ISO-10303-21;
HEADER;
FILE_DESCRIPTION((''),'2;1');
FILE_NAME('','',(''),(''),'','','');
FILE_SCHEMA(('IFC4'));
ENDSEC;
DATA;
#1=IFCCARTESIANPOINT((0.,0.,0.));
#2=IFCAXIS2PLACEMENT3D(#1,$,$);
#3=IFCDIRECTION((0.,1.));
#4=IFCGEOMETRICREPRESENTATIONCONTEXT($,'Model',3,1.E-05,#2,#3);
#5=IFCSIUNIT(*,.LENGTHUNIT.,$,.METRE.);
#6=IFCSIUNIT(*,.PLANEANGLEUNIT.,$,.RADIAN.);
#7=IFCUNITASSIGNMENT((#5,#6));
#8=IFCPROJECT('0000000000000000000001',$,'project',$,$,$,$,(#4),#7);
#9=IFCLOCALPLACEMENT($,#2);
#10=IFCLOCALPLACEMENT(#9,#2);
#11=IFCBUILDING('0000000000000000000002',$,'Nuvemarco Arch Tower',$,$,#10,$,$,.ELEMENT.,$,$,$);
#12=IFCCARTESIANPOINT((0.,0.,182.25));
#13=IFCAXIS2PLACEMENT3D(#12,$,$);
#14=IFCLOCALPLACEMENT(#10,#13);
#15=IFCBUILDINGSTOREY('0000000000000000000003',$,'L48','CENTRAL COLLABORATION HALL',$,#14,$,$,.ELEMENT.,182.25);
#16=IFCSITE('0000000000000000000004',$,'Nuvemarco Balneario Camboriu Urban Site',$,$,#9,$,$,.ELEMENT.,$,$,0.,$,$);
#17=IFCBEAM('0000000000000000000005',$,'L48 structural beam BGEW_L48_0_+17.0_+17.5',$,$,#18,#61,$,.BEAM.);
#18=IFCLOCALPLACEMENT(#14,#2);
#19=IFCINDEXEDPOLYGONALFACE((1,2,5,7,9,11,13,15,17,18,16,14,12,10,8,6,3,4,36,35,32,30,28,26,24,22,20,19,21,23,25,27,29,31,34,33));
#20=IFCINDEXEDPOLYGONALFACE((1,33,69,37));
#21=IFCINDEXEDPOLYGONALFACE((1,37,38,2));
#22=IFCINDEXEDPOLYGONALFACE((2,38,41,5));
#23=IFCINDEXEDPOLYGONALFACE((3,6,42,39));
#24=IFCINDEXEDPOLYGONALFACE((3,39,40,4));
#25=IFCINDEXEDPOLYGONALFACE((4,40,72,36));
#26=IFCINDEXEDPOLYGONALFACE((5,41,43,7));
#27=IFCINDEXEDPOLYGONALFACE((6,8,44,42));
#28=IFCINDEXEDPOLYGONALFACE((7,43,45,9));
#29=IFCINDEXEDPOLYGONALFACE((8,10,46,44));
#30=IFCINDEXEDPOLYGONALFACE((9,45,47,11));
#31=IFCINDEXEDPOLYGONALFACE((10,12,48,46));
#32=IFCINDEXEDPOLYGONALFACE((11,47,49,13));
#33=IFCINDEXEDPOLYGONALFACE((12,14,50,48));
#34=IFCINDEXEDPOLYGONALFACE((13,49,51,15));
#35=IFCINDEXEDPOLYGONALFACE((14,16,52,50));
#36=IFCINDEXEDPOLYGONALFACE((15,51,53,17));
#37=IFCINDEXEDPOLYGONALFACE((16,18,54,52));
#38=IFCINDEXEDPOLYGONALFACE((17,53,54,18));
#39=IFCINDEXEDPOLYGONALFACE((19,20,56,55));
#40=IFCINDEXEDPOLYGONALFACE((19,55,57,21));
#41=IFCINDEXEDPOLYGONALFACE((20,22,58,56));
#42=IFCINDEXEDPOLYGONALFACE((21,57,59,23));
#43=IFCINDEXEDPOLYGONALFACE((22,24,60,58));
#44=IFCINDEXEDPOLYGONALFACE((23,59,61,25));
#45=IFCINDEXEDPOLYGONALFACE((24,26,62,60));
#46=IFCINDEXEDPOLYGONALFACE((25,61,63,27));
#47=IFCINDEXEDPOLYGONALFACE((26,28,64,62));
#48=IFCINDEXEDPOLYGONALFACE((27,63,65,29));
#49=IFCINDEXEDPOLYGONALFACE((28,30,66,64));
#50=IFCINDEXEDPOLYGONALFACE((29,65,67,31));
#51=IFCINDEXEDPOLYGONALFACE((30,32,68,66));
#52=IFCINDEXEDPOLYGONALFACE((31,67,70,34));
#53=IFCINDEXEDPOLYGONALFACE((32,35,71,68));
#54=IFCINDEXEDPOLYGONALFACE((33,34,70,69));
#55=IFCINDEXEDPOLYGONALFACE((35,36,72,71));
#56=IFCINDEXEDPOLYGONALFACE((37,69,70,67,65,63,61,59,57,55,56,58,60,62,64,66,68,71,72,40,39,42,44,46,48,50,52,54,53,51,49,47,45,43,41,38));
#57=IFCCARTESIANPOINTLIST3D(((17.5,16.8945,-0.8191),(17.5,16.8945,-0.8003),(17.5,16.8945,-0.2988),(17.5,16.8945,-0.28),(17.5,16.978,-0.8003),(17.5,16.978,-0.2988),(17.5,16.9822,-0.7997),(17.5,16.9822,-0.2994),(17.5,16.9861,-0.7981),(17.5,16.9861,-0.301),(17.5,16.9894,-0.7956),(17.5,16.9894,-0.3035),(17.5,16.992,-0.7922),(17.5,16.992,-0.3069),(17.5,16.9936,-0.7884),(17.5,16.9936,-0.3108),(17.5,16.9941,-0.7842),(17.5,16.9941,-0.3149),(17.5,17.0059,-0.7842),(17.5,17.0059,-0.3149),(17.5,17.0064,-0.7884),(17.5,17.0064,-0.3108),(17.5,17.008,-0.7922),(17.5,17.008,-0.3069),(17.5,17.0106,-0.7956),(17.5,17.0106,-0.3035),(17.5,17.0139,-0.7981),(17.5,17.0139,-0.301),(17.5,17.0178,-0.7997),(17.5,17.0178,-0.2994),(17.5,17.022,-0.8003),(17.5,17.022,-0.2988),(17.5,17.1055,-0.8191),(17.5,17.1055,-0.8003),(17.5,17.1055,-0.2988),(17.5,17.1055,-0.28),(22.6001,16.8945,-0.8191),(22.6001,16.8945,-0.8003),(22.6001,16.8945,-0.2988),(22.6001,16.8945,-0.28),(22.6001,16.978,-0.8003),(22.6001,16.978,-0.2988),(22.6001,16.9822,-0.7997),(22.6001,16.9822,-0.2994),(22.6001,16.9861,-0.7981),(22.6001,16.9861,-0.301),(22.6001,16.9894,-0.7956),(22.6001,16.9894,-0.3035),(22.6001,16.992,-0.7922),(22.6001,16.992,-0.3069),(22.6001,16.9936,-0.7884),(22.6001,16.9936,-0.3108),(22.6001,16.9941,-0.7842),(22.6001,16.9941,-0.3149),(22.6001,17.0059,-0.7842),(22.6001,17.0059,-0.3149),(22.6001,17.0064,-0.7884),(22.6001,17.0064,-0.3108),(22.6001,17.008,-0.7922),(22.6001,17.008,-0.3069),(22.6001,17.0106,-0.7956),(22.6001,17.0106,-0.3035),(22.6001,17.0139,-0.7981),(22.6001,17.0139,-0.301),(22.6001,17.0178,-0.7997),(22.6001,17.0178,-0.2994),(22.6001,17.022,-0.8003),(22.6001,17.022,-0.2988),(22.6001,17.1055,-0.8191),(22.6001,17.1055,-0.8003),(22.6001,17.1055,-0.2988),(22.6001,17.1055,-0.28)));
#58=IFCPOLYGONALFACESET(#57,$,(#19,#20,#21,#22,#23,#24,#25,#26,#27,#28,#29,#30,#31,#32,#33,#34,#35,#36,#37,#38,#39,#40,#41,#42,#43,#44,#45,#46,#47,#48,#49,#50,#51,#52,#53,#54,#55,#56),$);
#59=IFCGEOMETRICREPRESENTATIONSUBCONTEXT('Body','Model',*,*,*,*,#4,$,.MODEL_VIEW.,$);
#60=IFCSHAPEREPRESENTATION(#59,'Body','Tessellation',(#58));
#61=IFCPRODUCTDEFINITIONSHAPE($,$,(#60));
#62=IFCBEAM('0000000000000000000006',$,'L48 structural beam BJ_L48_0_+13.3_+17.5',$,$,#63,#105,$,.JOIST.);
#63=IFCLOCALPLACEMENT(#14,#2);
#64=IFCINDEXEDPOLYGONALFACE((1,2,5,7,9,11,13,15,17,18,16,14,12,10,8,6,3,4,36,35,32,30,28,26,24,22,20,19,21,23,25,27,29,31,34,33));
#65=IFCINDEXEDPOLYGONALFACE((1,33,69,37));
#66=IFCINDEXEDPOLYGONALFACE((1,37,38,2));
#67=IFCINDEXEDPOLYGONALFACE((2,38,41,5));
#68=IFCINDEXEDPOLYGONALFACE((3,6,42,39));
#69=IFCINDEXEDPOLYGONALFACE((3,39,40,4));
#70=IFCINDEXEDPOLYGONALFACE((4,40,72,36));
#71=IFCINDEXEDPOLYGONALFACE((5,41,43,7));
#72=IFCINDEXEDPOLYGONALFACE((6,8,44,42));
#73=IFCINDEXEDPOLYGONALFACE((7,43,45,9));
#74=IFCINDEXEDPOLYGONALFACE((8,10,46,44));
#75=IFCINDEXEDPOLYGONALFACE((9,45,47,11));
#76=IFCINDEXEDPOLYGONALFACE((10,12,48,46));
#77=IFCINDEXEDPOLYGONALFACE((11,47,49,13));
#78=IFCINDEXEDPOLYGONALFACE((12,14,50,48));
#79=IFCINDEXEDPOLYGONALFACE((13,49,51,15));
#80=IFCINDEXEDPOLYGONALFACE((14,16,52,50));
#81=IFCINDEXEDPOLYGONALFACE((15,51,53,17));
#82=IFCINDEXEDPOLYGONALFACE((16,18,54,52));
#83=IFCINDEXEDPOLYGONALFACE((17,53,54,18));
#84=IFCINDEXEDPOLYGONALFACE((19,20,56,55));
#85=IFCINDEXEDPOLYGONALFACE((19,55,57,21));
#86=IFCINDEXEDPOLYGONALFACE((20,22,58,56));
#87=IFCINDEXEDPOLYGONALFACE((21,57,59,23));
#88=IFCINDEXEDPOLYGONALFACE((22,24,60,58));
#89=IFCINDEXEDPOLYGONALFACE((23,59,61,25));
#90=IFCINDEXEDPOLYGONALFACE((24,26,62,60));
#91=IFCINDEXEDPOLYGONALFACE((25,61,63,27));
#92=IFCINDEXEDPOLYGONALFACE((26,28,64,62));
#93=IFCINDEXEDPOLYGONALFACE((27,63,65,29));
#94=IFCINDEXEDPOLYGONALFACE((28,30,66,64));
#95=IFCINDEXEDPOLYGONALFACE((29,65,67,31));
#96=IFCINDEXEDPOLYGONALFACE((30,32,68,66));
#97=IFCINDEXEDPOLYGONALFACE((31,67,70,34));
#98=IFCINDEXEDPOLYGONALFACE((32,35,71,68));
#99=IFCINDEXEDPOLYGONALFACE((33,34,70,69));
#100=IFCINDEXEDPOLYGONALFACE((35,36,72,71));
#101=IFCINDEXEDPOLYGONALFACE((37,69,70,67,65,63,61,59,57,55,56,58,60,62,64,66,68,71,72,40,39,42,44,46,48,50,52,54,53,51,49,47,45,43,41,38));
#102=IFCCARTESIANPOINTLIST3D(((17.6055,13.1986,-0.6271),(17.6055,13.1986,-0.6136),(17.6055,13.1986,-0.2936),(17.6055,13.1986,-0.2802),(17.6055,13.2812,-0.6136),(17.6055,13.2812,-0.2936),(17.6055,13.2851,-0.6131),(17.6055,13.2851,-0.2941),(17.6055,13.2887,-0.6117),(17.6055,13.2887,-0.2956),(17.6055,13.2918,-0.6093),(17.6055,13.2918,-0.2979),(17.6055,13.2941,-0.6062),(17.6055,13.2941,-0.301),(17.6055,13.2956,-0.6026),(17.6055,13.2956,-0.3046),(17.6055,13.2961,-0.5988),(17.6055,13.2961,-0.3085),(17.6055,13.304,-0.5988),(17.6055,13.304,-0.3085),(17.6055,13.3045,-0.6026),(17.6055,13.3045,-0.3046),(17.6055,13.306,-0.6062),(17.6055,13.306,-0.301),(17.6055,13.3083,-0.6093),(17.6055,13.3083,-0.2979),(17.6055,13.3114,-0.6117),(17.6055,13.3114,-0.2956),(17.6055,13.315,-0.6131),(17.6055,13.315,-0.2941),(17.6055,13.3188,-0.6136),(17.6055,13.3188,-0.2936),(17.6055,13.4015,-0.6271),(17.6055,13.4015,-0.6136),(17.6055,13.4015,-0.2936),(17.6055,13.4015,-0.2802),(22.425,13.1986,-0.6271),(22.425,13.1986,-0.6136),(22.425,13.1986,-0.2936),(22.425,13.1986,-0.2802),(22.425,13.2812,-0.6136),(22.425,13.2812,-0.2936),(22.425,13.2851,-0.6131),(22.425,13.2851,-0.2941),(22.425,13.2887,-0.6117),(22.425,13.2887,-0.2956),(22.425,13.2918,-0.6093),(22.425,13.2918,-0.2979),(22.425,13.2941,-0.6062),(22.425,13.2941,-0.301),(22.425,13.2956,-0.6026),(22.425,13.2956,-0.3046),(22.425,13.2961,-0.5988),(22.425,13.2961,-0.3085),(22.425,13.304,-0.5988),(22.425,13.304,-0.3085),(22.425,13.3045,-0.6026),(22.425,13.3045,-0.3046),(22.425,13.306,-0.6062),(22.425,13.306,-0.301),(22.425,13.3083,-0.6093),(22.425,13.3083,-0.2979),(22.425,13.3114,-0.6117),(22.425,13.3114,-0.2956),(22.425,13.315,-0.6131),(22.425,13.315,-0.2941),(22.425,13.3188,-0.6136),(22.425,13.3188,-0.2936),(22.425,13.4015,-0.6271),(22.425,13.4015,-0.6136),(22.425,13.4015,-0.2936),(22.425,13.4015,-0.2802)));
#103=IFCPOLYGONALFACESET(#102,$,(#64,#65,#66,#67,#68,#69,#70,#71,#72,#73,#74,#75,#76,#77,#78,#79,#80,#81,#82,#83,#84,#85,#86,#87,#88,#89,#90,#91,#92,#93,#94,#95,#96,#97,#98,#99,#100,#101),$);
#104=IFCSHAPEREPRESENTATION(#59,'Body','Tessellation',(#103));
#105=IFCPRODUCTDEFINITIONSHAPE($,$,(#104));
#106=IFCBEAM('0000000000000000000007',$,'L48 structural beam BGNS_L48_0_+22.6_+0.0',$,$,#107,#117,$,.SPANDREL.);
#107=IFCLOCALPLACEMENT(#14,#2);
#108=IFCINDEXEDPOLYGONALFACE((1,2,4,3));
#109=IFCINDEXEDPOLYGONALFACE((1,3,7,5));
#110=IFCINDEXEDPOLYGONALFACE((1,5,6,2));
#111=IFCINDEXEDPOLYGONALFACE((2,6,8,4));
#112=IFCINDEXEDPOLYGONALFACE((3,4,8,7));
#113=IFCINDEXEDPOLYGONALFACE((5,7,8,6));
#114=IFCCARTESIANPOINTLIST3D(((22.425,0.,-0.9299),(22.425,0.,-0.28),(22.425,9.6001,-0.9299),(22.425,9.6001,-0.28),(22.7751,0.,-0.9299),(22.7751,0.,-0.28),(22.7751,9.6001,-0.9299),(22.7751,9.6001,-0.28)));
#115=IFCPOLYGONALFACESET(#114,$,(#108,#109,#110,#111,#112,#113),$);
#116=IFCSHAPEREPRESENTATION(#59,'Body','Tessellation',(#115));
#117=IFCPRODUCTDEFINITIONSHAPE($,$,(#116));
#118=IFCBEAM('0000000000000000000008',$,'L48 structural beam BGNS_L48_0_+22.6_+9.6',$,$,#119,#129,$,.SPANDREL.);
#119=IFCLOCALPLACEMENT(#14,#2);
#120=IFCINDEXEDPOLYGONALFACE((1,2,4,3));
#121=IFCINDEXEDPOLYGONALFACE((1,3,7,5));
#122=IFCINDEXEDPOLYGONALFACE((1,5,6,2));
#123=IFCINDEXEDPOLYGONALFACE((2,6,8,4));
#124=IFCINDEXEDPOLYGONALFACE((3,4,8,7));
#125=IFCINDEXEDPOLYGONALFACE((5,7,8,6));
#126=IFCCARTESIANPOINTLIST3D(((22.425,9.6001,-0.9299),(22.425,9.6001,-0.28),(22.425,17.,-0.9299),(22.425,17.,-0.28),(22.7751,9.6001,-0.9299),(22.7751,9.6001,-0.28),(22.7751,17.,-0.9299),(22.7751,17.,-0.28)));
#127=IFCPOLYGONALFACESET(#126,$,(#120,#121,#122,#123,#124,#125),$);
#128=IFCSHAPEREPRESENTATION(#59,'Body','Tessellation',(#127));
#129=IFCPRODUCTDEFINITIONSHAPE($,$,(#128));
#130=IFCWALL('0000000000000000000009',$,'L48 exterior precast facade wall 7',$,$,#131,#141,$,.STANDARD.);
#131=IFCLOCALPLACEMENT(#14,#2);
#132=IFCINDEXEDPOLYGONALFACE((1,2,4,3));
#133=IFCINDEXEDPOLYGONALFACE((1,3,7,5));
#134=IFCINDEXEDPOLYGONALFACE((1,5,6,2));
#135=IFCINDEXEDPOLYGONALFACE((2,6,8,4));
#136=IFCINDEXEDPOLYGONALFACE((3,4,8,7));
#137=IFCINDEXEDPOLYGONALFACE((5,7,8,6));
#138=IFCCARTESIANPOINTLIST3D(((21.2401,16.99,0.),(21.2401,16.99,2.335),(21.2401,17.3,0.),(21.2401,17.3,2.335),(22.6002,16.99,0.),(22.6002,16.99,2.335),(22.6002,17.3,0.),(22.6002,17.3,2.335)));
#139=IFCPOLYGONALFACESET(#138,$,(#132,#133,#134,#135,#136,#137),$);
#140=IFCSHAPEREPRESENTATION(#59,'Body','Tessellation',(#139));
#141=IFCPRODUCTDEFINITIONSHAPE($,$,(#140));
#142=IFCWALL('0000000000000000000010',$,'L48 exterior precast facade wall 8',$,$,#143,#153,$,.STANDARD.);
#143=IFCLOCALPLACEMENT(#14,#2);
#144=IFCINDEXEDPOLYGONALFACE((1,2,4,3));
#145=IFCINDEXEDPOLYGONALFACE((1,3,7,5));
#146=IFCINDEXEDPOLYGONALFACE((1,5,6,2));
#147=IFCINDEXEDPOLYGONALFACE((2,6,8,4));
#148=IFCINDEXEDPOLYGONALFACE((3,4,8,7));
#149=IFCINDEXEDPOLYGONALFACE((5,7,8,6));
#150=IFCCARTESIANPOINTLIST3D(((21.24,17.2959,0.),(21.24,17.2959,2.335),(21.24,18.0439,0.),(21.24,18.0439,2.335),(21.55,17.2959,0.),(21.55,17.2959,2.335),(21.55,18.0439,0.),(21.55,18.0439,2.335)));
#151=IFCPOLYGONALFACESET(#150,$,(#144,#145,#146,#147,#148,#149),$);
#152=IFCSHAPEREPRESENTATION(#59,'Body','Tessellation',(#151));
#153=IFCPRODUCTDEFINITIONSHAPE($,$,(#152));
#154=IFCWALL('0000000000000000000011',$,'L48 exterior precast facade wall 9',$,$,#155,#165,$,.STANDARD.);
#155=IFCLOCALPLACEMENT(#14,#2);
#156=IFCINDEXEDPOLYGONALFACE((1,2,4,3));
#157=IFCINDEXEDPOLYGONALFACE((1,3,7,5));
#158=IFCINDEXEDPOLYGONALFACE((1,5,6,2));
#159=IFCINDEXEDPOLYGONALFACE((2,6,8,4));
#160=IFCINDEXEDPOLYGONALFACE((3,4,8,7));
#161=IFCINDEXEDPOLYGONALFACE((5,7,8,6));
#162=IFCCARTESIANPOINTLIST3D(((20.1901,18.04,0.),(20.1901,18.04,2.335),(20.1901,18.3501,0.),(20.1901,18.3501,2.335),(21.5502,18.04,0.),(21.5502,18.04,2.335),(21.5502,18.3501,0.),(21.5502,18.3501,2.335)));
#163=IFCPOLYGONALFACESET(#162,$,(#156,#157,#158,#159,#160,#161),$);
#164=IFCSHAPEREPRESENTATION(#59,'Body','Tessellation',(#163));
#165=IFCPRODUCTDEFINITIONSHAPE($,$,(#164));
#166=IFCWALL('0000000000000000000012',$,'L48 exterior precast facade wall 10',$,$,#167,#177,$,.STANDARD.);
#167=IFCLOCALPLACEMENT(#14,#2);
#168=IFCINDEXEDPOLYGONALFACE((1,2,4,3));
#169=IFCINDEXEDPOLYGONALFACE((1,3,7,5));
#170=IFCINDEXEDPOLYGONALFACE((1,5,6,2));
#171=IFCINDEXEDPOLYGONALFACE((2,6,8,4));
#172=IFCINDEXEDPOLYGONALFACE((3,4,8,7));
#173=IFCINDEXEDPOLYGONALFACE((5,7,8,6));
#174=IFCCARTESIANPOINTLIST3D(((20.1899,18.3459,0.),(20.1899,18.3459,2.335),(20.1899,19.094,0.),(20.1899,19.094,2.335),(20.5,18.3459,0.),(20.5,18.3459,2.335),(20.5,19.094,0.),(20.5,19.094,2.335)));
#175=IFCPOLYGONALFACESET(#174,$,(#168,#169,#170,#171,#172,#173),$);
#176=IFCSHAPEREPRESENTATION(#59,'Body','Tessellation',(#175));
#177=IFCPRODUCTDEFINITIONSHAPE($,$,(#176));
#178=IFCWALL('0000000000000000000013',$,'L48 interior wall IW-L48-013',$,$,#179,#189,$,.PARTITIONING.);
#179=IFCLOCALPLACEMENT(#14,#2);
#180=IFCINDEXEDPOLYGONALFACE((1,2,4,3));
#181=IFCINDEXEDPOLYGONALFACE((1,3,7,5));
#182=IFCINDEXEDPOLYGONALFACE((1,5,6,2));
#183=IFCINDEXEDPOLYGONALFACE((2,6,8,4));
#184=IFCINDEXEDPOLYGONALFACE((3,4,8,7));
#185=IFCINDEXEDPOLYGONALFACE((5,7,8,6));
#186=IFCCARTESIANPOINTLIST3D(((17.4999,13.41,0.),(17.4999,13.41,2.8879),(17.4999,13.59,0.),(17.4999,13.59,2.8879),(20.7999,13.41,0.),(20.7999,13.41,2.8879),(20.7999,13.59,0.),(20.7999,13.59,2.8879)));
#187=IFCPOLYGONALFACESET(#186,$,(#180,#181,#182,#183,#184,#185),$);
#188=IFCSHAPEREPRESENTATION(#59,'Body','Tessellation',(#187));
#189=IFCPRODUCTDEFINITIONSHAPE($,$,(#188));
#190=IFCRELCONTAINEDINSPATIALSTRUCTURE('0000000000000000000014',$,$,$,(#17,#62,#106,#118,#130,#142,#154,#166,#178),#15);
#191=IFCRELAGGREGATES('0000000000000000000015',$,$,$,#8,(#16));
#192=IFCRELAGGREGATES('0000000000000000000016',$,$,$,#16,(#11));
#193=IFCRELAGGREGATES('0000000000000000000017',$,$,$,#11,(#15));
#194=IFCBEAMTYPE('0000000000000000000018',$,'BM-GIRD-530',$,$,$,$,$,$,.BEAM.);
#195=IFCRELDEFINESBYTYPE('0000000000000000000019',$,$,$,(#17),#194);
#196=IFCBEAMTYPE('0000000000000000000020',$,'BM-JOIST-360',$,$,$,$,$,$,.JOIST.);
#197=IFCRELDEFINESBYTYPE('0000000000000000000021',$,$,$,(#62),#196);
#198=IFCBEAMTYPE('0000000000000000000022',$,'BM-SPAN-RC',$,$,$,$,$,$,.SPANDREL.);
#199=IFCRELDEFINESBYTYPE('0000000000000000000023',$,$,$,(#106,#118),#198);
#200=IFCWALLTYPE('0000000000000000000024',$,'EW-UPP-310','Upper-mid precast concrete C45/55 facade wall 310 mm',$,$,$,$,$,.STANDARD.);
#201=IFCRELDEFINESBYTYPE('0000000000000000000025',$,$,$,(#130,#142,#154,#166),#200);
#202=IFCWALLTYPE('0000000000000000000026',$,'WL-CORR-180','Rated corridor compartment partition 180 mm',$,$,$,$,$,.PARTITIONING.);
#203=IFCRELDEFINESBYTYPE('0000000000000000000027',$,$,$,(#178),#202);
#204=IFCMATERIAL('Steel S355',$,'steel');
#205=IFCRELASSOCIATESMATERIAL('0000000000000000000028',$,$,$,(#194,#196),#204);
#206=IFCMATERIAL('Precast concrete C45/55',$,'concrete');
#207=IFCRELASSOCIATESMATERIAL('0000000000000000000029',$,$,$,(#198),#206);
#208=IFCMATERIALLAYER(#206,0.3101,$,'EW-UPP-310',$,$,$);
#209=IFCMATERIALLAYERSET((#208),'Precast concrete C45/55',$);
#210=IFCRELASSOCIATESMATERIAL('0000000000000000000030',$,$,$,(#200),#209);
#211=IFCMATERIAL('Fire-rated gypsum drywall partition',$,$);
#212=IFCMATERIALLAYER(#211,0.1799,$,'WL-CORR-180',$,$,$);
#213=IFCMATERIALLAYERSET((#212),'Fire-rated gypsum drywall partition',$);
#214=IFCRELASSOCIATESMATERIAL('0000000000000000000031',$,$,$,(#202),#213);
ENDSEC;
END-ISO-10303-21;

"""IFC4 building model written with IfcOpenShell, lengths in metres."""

from ifc_helpers import new_model, si_unit, direction, frame, frame_2d, origin, origin_2d, place, context, subcontext, project, spatial, rectangle, i_section, extrude, material, layer, layer_set, material_profile, profile_set, type_object, element, save


model = new_model("IFC4")

# Units and contexts
model_context = context("Model", 3, precision=1e-05, world=origin(), true_north=direction((0.0, 1.0)))
body_context = subcontext(model_context, "Body", "Model", "MODEL_VIEW")
ifc_project = project(units=[si_unit("LENGTHUNIT", "METRE"), si_unit("PLANEANGLEUNIT", "RADIAN")], contexts=[model_context])

# Site, building, storey
site_placement = place(None, origin())
site = spatial("IfcSite", under=ifc_project, at=site_placement, Name="Nuvemarco Balneario Camboriu Urban Site", CompositionType="ELEMENT", RefElevation=0.0)
building_placement = place(site_placement, origin())
building = spatial("IfcBuilding", under=site, at=building_placement, Name="Nuvemarco Arch Tower", CompositionType="ELEMENT")
storey_placement = place(building_placement, frame((0.0, 0.0, 182.25)))
storey = spatial("IfcBuildingStorey", under=building, at=storey_placement, Name="L48", Description="CENTRAL COLLABORATION HALL", CompositionType="ELEMENT", Elevation=182.25)

# Shared definitions
ifc_material_1 = material(Name="Steel S355", Category="steel")

# Beams
ifc_material_profile_1 = material_profile(ifc_material_1, i_section(OverallWidth=0.2109, OverallDepth=0.5391, WebThickness=0.0117, FlangeThickness=0.0188, FilletRadius=0.0161, at=origin_2d()), Name="W530x109")
ifc_profile_set_1 = profile_set([ifc_material_profile_1], Name="Steel S355")
beam_type_1 = type_object("IfcBeamType", Name="BM-GIRD-530", PredefinedType="BEAM", material=ifc_profile_set_1)
for number, where, z_axis, x_axis, name in (
    (1, (17.5, 17.0, -0.5496), (1.0, 0.0, 0.0), (0.0, 1.0, 0.0), "L48 structural beam BGEW_L48_0_+17.0_+17.5"),
):
    element("IfcBeam", number, at=place(storey_placement, frame(where, z_axis=z_axis, x_axis=x_axis)), inside=storey, type_object=beam_type_1, Name=name, PredefinedType="BEAM", context=body_context, shape_type="SweptSolid", body=[
        extrude(i_section(OverallWidth=0.2109, OverallDepth=0.5391, WebThickness=0.0117, FlangeThickness=0.0188, FilletRadius=0.0161, at=origin_2d()), origin(), (0.0, 0.0, 1.0), 5.1001),
    ])
ifc_material_profile_2 = material_profile(ifc_material_1, i_section(OverallWidth=0.2029, OverallDepth=0.3469, WebThickness=0.0078, FlangeThickness=0.0134, FilletRadius=0.0149, at=origin_2d()), Name="W360x64")
ifc_profile_set_2 = profile_set([ifc_material_profile_2], Name="Steel S355")
beam_type_2 = type_object("IfcBeamType", Name="BM-JOIST-360", PredefinedType="JOIST", material=ifc_profile_set_2)
beam_1_placement = place(storey_placement, frame((17.6055, 13.3, -0.4536), z_axis=(1.0, 0.0, 0.0), x_axis=(0.0, 1.0, 0.0)))
element("IfcBeam", 2, at=beam_1_placement, inside=storey, type_object=beam_type_2, Name="L48 structural beam BJ_L48_0_+13.3_+17.5", PredefinedType="JOIST", context=body_context, shape_type="SweptSolid", body=[
    extrude(i_section(OverallWidth=0.2029, OverallDepth=0.3469, WebThickness=0.0078, FlangeThickness=0.0134, FilletRadius=0.0149, at=origin_2d()), origin(), (0.0, 0.0, 1.0), 4.8196),
])
ifc_material_2 = material(Name="Precast concrete C45/55", Category="concrete")
ifc_material_profile_3 = material_profile(ifc_material_2, rectangle(XDim=0.3501, YDim=0.6499, at=origin_2d()), Name="PC-SP-350x650")
ifc_profile_set_3 = profile_set([ifc_material_profile_3], Name="Precast concrete C45/55")
beam_type_3 = type_object("IfcBeamType", Name="BM-SPAN-RC", PredefinedType="SPANDREL", material=ifc_profile_set_3)
beam_2_placement = place(storey_placement, frame((22.6001, 0.0, -0.605), z_axis=(0.0, 1.0, 0.0), x_axis=(-1.0, 0.0, 0.0)))
element("IfcBeam", 3, at=beam_2_placement, inside=storey, type_object=beam_type_3, Name="L48 structural beam BGNS_L48_0_+22.6_+0.0", PredefinedType="SPANDREL", context=body_context, shape_type="SweptSolid", body=[
    extrude(rectangle(XDim=0.3501, YDim=0.6499, at=origin_2d()), origin(), (0.0, 0.0, 1.0), 9.6001),
])
beam_3_placement = place(storey_placement, frame((22.6001, 9.6001, -0.605), z_axis=(0.0, 1.0, 0.0), x_axis=(-1.0, 0.0, 0.0)))
element("IfcBeam", 4, at=beam_3_placement, inside=storey, type_object=beam_type_3, Name="L48 structural beam BGNS_L48_0_+22.6_+9.6", PredefinedType="SPANDREL", context=body_context, shape_type="SweptSolid", body=[
    extrude(rectangle(XDim=0.3501, YDim=0.6499, at=origin_2d()), origin(), (0.0, 0.0, 1.0), 7.3999),
])

# Walls
ifc_layer_1 = layer(ifc_material_2, 0.3101, Name="EW-UPP-310")
ifc_layer_set_1 = layer_set([ifc_layer_1], Name="Precast concrete C45/55")
wall_type_1 = type_object("IfcWallType", Name="EW-UPP-310", Description="Upper-mid precast concrete C45/55 facade wall 310 mm", PredefinedType="STANDARD", material=ifc_layer_set_1)
wall_1_placement = place(storey_placement, frame((21.24, 17.145, 0.0), z_axis=(0.0, 0.0, 1.0), x_axis=(1.0, 0.0, 0.0)))
element("IfcWall", 5, at=wall_1_placement, inside=storey, type_object=wall_type_1, Name="L48 exterior precast facade wall 7", PredefinedType="STANDARD", context=body_context, shape_type="SweptSolid", body=[
    extrude(rectangle(XDim=1.3601, YDim=0.3101, at=frame_2d((0.6802, 0.0))), origin(), (0.0, 0.0, 1.0), 2.335),
])
wall_2_placement = place(storey_placement, frame((21.395, 17.2959, 0.0), z_axis=(0.0, 0.0, 1.0), x_axis=(0.0, 1.0, 0.0)))
element("IfcWall", 6, at=wall_2_placement, inside=storey, type_object=wall_type_1, Name="L48 exterior precast facade wall 8", PredefinedType="STANDARD", context=body_context, shape_type="SweptSolid", body=[
    extrude(rectangle(XDim=0.748, YDim=0.3101, at=frame_2d((0.374, 0.0))), origin(), (0.0, 0.0, 1.0), 2.335),
])
wall_3_placement = place(storey_placement, frame((20.1899, 18.1951, 0.0), z_axis=(0.0, 0.0, 1.0), x_axis=(1.0, 0.0, 0.0)))
element("IfcWall", 7, at=wall_3_placement, inside=storey, type_object=wall_type_1, Name="L48 exterior precast facade wall 9", PredefinedType="STANDARD", context=body_context, shape_type="SweptSolid", body=[
    extrude(rectangle(XDim=1.3601, YDim=0.3101, at=frame_2d((0.6802, 0.0))), origin(), (0.0, 0.0, 1.0), 2.335),
])
wall_4_placement = place(storey_placement, frame((20.345, 18.3459, 0.0), z_axis=(0.0, 0.0, 1.0), x_axis=(0.0, 1.0, 0.0)))
element("IfcWall", 8, at=wall_4_placement, inside=storey, type_object=wall_type_1, Name="L48 exterior precast facade wall 10", PredefinedType="STANDARD", context=body_context, shape_type="SweptSolid", body=[
    extrude(rectangle(XDim=0.748, YDim=0.3101, at=frame_2d((0.374, 0.0))), origin(), (0.0, 0.0, 1.0), 2.335),
])
ifc_material_3 = material(Name="Fire-rated gypsum drywall partition")
ifc_layer_2 = layer(ifc_material_3, 0.1799, Name="WL-CORR-180")
ifc_layer_set_2 = layer_set([ifc_layer_2], Name="Fire-rated gypsum drywall partition")
wall_type_2 = type_object("IfcWallType", Name="WL-CORR-180", Description="Rated corridor compartment partition 180 mm", PredefinedType="PARTITIONING", material=ifc_layer_set_2)
wall_5_placement = place(storey_placement, frame((17.5, 13.5, 0.0), z_axis=(0.0, 0.0, 1.0), x_axis=(1.0, 0.0, 0.0)))
element("IfcWall", 9, at=wall_5_placement, inside=storey, type_object=wall_type_2, Name="L48 interior wall IW-L48-013", PredefinedType="PARTITIONING", context=body_context, shape_type="SweptSolid", body=[
    extrude(rectangle(XDim=3.3, YDim=0.1799, at=frame_2d((1.6499, 0.0))), origin(), (0.0, 0.0, 1.0), 2.8879),
])

save(model, "model.ifc")
